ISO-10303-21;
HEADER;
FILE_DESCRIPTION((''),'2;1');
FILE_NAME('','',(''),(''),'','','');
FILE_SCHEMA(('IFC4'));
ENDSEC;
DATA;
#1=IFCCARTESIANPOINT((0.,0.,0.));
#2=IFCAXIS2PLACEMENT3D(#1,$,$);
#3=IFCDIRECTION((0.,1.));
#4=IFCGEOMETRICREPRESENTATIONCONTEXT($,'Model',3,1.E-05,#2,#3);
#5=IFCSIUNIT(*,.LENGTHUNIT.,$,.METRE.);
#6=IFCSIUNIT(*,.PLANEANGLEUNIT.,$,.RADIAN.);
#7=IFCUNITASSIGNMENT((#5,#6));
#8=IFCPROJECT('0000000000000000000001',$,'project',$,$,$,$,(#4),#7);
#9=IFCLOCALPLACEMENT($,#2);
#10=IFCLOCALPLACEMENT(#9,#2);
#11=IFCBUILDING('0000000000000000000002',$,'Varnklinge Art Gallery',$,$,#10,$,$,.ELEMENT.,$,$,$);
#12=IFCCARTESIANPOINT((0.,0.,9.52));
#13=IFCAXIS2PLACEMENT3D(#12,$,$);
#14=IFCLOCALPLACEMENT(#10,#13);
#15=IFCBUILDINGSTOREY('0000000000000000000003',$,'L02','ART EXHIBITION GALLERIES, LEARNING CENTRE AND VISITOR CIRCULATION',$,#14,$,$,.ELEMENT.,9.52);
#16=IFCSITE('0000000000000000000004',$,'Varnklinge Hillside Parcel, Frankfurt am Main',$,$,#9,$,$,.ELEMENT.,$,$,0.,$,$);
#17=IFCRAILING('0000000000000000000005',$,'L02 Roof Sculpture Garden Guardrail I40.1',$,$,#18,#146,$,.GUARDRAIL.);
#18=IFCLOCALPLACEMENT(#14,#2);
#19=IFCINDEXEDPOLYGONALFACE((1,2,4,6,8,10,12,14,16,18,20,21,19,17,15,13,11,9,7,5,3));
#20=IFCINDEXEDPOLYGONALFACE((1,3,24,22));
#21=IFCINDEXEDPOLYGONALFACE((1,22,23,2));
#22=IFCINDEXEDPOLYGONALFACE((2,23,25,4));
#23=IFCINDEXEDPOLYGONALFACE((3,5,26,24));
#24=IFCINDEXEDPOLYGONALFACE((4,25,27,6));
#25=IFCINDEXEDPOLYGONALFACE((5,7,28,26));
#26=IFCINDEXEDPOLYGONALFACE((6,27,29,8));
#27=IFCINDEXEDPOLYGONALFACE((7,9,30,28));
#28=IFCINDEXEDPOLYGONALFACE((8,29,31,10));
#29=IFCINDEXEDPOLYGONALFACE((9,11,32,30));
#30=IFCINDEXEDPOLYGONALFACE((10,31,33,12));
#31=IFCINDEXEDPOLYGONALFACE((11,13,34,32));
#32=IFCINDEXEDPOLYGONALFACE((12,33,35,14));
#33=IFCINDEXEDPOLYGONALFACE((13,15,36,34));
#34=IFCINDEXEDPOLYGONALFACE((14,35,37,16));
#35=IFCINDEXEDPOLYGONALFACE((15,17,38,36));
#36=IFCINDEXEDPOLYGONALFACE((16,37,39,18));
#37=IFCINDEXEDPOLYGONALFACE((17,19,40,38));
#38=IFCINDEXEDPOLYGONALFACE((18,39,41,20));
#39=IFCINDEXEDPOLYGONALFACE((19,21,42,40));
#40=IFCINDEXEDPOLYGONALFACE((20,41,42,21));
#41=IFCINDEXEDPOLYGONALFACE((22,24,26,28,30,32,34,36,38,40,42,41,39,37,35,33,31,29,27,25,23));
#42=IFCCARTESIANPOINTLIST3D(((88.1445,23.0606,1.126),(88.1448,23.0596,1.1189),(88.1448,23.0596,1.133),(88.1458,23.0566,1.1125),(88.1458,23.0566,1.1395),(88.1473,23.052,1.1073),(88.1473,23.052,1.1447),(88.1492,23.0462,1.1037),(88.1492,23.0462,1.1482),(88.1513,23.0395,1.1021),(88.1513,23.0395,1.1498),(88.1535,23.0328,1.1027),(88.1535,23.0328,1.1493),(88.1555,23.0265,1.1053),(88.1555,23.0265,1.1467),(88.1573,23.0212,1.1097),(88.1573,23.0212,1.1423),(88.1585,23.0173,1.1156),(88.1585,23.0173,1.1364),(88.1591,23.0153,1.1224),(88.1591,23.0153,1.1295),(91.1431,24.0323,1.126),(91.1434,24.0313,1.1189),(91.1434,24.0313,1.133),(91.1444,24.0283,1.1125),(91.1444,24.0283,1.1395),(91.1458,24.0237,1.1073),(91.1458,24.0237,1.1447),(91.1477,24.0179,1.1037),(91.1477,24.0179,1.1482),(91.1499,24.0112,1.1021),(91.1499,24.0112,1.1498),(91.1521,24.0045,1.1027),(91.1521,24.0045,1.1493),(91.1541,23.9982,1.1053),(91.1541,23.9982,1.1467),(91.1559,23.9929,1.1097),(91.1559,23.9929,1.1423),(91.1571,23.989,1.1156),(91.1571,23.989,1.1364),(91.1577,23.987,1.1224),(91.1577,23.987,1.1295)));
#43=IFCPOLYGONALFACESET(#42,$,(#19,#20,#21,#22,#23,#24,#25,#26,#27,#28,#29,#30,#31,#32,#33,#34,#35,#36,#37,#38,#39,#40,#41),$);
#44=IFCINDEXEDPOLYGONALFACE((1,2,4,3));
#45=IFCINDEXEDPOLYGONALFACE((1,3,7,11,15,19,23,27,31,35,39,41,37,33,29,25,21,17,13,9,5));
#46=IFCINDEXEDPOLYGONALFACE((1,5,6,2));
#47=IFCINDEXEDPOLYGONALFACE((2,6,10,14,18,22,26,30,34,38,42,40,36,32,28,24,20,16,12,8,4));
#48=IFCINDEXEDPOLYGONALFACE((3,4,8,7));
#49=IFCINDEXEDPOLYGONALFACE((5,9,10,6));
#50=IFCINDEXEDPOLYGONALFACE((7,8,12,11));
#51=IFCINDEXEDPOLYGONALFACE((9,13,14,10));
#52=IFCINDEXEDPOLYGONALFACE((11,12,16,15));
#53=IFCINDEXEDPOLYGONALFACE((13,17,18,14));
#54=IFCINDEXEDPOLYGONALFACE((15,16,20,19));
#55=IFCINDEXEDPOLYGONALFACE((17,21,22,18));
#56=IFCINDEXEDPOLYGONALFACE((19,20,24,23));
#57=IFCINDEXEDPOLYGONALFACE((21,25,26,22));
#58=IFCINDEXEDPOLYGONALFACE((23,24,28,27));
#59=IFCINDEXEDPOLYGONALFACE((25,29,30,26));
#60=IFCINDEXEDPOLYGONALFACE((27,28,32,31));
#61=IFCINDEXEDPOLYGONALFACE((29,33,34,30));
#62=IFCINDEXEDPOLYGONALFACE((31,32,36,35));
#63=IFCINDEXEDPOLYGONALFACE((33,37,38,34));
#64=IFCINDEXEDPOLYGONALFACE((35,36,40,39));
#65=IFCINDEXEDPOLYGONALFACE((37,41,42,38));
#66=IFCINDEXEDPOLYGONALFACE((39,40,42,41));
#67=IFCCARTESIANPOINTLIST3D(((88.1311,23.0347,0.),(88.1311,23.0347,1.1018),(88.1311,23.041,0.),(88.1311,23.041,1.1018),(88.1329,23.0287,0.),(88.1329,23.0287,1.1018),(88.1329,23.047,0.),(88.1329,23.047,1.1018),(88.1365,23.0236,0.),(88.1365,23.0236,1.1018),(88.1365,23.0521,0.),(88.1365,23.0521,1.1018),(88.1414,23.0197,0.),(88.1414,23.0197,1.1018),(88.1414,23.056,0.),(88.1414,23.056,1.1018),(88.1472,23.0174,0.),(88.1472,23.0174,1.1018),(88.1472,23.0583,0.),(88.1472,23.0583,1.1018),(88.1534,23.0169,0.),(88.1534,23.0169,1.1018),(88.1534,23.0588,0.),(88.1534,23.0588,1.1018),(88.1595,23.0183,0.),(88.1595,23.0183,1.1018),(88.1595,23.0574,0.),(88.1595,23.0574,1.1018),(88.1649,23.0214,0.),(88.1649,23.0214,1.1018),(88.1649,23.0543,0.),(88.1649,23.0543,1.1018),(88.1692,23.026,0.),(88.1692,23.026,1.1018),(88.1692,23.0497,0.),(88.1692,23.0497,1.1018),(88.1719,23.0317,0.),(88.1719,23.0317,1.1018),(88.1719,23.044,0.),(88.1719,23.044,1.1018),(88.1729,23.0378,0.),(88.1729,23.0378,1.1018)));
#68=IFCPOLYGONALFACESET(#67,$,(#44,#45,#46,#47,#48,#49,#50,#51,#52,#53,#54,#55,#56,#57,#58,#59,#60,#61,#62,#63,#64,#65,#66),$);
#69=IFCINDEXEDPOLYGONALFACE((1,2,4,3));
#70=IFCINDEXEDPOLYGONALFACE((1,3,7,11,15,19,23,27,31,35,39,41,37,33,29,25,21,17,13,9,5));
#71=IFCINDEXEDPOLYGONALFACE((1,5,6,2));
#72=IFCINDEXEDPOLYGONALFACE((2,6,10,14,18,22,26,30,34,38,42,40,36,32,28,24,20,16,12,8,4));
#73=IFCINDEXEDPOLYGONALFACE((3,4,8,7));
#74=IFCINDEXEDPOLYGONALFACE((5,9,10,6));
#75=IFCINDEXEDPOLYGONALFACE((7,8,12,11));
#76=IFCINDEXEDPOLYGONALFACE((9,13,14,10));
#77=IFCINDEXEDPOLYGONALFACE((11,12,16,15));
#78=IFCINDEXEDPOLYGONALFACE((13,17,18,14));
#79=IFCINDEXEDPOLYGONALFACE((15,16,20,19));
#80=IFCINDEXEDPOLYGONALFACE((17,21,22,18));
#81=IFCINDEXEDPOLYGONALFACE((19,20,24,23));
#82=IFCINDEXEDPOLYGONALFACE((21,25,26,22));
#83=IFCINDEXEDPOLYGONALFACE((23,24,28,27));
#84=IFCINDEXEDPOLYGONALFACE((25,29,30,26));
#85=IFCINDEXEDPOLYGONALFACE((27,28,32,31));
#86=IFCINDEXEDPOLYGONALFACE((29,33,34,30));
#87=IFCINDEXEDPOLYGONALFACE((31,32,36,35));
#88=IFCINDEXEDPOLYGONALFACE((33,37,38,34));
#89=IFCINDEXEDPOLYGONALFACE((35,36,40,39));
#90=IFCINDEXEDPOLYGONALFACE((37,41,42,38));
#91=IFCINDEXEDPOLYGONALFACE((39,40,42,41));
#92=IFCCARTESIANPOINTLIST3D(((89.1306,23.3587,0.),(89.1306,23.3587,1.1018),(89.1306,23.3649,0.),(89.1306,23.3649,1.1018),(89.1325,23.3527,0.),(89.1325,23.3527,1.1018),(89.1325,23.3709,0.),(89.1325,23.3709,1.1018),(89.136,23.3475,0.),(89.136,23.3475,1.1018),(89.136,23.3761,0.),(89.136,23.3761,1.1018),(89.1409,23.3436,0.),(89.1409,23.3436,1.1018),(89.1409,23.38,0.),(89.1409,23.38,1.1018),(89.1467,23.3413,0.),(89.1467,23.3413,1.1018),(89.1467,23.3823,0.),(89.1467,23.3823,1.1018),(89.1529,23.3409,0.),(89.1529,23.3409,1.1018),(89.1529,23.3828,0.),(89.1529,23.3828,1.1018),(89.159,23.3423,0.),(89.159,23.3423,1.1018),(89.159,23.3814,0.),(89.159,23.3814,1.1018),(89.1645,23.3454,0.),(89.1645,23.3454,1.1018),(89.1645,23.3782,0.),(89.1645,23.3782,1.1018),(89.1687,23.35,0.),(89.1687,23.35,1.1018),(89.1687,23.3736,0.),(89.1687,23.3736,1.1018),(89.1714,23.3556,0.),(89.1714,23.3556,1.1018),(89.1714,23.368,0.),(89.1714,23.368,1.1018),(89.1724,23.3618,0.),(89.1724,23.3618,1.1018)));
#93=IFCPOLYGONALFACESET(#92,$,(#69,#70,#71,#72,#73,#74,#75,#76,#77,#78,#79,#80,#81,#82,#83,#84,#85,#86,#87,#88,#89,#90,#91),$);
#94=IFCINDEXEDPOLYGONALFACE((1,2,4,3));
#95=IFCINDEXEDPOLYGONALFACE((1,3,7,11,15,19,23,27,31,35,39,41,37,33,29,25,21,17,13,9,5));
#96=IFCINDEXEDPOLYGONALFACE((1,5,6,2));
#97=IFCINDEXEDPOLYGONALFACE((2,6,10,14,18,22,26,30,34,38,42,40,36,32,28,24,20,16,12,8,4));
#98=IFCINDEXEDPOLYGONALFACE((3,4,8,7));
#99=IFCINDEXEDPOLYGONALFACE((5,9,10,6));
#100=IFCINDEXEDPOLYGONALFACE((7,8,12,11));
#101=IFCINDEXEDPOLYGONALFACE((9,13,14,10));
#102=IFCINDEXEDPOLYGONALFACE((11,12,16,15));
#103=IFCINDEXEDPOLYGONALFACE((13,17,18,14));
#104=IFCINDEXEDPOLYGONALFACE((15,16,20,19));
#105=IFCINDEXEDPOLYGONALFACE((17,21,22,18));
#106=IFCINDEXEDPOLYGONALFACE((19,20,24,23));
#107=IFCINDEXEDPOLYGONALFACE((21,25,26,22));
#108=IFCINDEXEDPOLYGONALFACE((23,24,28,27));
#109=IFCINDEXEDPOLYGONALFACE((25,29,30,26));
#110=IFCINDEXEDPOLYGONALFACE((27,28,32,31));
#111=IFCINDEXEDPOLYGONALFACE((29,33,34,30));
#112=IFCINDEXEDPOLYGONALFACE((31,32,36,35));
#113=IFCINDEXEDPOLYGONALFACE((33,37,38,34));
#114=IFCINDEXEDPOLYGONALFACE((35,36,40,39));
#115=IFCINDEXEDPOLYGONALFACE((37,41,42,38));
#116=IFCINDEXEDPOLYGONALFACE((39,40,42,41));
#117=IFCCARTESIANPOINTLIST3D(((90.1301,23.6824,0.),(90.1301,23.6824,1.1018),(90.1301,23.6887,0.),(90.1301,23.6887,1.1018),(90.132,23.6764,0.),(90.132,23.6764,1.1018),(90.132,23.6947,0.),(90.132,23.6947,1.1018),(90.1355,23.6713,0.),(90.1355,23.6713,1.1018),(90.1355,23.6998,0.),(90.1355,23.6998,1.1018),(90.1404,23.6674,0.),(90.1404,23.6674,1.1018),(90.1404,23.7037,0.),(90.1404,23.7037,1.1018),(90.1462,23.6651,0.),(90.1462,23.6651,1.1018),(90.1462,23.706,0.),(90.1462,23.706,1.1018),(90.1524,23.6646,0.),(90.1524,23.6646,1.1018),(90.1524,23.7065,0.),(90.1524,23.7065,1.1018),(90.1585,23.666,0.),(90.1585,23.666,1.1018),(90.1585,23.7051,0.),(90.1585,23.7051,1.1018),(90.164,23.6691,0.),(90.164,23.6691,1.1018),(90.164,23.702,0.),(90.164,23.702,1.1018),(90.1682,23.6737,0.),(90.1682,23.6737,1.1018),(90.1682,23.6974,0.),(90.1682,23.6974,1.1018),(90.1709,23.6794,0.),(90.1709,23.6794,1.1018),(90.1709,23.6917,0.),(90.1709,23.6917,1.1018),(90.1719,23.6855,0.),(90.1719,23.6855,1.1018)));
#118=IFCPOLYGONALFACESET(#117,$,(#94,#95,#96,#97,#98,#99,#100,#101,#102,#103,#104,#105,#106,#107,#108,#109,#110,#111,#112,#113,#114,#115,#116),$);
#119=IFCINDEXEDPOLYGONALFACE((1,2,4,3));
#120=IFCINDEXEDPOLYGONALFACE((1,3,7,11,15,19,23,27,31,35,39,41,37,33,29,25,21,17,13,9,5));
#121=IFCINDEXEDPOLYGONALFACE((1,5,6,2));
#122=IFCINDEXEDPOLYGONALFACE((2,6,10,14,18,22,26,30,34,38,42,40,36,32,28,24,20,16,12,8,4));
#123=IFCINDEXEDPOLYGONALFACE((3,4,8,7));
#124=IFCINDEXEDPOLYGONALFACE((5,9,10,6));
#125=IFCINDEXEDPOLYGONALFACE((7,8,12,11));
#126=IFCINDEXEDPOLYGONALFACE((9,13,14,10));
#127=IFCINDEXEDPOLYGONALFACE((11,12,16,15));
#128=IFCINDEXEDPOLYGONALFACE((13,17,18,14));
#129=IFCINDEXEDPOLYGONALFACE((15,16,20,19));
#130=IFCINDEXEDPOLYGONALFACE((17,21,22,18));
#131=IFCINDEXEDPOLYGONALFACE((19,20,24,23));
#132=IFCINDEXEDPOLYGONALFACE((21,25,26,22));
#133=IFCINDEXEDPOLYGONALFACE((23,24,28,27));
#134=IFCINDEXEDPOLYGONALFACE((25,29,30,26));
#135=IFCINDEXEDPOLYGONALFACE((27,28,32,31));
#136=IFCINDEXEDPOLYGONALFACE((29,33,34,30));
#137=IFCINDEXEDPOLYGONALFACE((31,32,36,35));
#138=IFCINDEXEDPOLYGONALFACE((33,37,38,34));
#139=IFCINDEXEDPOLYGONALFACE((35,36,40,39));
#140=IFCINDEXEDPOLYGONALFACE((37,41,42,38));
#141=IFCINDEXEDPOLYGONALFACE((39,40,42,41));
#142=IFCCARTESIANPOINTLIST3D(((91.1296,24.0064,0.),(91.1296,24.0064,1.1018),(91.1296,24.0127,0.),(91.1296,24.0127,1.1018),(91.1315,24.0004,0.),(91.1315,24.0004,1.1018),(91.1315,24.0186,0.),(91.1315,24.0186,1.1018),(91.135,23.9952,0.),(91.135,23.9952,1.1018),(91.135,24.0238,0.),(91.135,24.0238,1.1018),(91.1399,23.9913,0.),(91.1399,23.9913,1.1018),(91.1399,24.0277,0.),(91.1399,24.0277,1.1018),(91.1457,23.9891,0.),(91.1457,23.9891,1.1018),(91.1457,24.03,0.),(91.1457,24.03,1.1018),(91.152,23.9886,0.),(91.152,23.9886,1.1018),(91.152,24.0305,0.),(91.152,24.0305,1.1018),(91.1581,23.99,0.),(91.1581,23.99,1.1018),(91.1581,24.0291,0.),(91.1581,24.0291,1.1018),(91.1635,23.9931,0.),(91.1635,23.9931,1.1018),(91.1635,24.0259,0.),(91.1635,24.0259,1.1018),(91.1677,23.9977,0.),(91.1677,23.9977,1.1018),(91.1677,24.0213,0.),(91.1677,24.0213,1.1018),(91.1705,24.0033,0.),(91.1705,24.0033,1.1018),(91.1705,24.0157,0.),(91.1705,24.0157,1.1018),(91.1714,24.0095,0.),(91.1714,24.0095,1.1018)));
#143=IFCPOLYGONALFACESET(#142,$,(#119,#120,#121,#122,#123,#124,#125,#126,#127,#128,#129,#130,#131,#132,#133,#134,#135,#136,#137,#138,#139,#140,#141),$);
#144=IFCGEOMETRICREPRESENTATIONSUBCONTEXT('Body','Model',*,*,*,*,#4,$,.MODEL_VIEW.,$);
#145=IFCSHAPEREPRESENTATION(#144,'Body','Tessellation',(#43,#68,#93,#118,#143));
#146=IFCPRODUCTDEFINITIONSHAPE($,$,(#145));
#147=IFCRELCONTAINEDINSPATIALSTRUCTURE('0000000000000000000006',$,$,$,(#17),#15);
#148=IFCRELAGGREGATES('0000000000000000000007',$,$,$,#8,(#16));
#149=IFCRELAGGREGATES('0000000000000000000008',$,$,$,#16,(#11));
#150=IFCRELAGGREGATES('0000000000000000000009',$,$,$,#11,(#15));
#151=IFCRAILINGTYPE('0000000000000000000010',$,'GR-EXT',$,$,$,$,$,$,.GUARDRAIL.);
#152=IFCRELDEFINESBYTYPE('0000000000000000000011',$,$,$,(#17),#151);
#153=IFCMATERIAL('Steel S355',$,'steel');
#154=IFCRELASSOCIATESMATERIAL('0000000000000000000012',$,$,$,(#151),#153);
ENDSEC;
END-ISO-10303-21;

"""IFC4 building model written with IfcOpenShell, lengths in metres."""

from ifc_helpers import new_model, si_unit, direction, frame, origin, origin_2d, place, context, subcontext, project, spatial, circle, extrude, material, type_object, element, save


model = new_model("IFC4")

# Units and contexts
model_context = context("Model", 3, precision=1e-05, world=origin(), true_north=direction((0.0, 1.0)))
body_context = subcontext(model_context, "Body", "Model", "MODEL_VIEW")
ifc_project = project(units=[si_unit("LENGTHUNIT", "METRE"), si_unit("PLANEANGLEUNIT", "RADIAN")], contexts=[model_context])

# Site, building, storey
site_placement = place(None, origin())
site = spatial("IfcSite", under=ifc_project, at=site_placement, Name="Varnklinge Hillside Parcel, Frankfurt am Main", CompositionType="ELEMENT", RefElevation=0.0)
building_placement = place(site_placement, origin())
building = spatial("IfcBuilding", under=site, at=building_placement, Name="Varnklinge Art Gallery", CompositionType="ELEMENT")
storey_placement = place(building_placement, frame((0.0, 0.0, 9.52)))
storey = spatial("IfcBuildingStorey", under=building, at=storey_placement, Name="L02", Description="ART EXHIBITION GALLERIES, LEARNING CENTRE AND VISITOR CIRCULATION", CompositionType="ELEMENT", Elevation=9.52)

# Railing
ifc_material_1 = material(Name="Steel S355", Category="steel")
railing_type = type_object("IfcRailingType", Name="GR-EXT", PredefinedType="GUARDRAIL", material=ifc_material_1)
railing_1_placement = place(storey_placement, frame((88.1519, 23.0378, 0.0)))
element("IfcRailing", 1, at=railing_1_placement, inside=storey, type_object=railing_type, Name="L02 Roof Sculpture Garden Guardrail I40.1", PredefinedType="GUARDRAIL", context=body_context, shape_type="SweptSolid", body=[
    extrude(circle(Radius=0.0239, at=origin_2d()), frame((0.0, 0.0, 1.126), z_axis=(0.951299, 0.30827, 0.0), x_axis=(-0.30827, 0.951299, 0.0)), (0.0, 0.0, 1.0), 3.1521),
    extrude(circle(Radius=0.021, at=origin_2d()), origin(), (0.0, 0.0, 1.0), 1.1018),
    extrude(circle(Radius=0.021, at=origin_2d()), frame((0.9995, 0.324, 0.0)), (0.0, 0.0, 1.0), 1.1018),
    extrude(circle(Radius=0.021, at=origin_2d()), frame((1.999, 0.6477, 0.0)), (0.0, 0.0, 1.0), 1.1018),
    extrude(circle(Radius=0.021, at=origin_2d()), frame((2.9985, 0.9717, 0.0)), (0.0, 0.0, 1.0), 1.1018),
])

save(model, "model.ifc")
